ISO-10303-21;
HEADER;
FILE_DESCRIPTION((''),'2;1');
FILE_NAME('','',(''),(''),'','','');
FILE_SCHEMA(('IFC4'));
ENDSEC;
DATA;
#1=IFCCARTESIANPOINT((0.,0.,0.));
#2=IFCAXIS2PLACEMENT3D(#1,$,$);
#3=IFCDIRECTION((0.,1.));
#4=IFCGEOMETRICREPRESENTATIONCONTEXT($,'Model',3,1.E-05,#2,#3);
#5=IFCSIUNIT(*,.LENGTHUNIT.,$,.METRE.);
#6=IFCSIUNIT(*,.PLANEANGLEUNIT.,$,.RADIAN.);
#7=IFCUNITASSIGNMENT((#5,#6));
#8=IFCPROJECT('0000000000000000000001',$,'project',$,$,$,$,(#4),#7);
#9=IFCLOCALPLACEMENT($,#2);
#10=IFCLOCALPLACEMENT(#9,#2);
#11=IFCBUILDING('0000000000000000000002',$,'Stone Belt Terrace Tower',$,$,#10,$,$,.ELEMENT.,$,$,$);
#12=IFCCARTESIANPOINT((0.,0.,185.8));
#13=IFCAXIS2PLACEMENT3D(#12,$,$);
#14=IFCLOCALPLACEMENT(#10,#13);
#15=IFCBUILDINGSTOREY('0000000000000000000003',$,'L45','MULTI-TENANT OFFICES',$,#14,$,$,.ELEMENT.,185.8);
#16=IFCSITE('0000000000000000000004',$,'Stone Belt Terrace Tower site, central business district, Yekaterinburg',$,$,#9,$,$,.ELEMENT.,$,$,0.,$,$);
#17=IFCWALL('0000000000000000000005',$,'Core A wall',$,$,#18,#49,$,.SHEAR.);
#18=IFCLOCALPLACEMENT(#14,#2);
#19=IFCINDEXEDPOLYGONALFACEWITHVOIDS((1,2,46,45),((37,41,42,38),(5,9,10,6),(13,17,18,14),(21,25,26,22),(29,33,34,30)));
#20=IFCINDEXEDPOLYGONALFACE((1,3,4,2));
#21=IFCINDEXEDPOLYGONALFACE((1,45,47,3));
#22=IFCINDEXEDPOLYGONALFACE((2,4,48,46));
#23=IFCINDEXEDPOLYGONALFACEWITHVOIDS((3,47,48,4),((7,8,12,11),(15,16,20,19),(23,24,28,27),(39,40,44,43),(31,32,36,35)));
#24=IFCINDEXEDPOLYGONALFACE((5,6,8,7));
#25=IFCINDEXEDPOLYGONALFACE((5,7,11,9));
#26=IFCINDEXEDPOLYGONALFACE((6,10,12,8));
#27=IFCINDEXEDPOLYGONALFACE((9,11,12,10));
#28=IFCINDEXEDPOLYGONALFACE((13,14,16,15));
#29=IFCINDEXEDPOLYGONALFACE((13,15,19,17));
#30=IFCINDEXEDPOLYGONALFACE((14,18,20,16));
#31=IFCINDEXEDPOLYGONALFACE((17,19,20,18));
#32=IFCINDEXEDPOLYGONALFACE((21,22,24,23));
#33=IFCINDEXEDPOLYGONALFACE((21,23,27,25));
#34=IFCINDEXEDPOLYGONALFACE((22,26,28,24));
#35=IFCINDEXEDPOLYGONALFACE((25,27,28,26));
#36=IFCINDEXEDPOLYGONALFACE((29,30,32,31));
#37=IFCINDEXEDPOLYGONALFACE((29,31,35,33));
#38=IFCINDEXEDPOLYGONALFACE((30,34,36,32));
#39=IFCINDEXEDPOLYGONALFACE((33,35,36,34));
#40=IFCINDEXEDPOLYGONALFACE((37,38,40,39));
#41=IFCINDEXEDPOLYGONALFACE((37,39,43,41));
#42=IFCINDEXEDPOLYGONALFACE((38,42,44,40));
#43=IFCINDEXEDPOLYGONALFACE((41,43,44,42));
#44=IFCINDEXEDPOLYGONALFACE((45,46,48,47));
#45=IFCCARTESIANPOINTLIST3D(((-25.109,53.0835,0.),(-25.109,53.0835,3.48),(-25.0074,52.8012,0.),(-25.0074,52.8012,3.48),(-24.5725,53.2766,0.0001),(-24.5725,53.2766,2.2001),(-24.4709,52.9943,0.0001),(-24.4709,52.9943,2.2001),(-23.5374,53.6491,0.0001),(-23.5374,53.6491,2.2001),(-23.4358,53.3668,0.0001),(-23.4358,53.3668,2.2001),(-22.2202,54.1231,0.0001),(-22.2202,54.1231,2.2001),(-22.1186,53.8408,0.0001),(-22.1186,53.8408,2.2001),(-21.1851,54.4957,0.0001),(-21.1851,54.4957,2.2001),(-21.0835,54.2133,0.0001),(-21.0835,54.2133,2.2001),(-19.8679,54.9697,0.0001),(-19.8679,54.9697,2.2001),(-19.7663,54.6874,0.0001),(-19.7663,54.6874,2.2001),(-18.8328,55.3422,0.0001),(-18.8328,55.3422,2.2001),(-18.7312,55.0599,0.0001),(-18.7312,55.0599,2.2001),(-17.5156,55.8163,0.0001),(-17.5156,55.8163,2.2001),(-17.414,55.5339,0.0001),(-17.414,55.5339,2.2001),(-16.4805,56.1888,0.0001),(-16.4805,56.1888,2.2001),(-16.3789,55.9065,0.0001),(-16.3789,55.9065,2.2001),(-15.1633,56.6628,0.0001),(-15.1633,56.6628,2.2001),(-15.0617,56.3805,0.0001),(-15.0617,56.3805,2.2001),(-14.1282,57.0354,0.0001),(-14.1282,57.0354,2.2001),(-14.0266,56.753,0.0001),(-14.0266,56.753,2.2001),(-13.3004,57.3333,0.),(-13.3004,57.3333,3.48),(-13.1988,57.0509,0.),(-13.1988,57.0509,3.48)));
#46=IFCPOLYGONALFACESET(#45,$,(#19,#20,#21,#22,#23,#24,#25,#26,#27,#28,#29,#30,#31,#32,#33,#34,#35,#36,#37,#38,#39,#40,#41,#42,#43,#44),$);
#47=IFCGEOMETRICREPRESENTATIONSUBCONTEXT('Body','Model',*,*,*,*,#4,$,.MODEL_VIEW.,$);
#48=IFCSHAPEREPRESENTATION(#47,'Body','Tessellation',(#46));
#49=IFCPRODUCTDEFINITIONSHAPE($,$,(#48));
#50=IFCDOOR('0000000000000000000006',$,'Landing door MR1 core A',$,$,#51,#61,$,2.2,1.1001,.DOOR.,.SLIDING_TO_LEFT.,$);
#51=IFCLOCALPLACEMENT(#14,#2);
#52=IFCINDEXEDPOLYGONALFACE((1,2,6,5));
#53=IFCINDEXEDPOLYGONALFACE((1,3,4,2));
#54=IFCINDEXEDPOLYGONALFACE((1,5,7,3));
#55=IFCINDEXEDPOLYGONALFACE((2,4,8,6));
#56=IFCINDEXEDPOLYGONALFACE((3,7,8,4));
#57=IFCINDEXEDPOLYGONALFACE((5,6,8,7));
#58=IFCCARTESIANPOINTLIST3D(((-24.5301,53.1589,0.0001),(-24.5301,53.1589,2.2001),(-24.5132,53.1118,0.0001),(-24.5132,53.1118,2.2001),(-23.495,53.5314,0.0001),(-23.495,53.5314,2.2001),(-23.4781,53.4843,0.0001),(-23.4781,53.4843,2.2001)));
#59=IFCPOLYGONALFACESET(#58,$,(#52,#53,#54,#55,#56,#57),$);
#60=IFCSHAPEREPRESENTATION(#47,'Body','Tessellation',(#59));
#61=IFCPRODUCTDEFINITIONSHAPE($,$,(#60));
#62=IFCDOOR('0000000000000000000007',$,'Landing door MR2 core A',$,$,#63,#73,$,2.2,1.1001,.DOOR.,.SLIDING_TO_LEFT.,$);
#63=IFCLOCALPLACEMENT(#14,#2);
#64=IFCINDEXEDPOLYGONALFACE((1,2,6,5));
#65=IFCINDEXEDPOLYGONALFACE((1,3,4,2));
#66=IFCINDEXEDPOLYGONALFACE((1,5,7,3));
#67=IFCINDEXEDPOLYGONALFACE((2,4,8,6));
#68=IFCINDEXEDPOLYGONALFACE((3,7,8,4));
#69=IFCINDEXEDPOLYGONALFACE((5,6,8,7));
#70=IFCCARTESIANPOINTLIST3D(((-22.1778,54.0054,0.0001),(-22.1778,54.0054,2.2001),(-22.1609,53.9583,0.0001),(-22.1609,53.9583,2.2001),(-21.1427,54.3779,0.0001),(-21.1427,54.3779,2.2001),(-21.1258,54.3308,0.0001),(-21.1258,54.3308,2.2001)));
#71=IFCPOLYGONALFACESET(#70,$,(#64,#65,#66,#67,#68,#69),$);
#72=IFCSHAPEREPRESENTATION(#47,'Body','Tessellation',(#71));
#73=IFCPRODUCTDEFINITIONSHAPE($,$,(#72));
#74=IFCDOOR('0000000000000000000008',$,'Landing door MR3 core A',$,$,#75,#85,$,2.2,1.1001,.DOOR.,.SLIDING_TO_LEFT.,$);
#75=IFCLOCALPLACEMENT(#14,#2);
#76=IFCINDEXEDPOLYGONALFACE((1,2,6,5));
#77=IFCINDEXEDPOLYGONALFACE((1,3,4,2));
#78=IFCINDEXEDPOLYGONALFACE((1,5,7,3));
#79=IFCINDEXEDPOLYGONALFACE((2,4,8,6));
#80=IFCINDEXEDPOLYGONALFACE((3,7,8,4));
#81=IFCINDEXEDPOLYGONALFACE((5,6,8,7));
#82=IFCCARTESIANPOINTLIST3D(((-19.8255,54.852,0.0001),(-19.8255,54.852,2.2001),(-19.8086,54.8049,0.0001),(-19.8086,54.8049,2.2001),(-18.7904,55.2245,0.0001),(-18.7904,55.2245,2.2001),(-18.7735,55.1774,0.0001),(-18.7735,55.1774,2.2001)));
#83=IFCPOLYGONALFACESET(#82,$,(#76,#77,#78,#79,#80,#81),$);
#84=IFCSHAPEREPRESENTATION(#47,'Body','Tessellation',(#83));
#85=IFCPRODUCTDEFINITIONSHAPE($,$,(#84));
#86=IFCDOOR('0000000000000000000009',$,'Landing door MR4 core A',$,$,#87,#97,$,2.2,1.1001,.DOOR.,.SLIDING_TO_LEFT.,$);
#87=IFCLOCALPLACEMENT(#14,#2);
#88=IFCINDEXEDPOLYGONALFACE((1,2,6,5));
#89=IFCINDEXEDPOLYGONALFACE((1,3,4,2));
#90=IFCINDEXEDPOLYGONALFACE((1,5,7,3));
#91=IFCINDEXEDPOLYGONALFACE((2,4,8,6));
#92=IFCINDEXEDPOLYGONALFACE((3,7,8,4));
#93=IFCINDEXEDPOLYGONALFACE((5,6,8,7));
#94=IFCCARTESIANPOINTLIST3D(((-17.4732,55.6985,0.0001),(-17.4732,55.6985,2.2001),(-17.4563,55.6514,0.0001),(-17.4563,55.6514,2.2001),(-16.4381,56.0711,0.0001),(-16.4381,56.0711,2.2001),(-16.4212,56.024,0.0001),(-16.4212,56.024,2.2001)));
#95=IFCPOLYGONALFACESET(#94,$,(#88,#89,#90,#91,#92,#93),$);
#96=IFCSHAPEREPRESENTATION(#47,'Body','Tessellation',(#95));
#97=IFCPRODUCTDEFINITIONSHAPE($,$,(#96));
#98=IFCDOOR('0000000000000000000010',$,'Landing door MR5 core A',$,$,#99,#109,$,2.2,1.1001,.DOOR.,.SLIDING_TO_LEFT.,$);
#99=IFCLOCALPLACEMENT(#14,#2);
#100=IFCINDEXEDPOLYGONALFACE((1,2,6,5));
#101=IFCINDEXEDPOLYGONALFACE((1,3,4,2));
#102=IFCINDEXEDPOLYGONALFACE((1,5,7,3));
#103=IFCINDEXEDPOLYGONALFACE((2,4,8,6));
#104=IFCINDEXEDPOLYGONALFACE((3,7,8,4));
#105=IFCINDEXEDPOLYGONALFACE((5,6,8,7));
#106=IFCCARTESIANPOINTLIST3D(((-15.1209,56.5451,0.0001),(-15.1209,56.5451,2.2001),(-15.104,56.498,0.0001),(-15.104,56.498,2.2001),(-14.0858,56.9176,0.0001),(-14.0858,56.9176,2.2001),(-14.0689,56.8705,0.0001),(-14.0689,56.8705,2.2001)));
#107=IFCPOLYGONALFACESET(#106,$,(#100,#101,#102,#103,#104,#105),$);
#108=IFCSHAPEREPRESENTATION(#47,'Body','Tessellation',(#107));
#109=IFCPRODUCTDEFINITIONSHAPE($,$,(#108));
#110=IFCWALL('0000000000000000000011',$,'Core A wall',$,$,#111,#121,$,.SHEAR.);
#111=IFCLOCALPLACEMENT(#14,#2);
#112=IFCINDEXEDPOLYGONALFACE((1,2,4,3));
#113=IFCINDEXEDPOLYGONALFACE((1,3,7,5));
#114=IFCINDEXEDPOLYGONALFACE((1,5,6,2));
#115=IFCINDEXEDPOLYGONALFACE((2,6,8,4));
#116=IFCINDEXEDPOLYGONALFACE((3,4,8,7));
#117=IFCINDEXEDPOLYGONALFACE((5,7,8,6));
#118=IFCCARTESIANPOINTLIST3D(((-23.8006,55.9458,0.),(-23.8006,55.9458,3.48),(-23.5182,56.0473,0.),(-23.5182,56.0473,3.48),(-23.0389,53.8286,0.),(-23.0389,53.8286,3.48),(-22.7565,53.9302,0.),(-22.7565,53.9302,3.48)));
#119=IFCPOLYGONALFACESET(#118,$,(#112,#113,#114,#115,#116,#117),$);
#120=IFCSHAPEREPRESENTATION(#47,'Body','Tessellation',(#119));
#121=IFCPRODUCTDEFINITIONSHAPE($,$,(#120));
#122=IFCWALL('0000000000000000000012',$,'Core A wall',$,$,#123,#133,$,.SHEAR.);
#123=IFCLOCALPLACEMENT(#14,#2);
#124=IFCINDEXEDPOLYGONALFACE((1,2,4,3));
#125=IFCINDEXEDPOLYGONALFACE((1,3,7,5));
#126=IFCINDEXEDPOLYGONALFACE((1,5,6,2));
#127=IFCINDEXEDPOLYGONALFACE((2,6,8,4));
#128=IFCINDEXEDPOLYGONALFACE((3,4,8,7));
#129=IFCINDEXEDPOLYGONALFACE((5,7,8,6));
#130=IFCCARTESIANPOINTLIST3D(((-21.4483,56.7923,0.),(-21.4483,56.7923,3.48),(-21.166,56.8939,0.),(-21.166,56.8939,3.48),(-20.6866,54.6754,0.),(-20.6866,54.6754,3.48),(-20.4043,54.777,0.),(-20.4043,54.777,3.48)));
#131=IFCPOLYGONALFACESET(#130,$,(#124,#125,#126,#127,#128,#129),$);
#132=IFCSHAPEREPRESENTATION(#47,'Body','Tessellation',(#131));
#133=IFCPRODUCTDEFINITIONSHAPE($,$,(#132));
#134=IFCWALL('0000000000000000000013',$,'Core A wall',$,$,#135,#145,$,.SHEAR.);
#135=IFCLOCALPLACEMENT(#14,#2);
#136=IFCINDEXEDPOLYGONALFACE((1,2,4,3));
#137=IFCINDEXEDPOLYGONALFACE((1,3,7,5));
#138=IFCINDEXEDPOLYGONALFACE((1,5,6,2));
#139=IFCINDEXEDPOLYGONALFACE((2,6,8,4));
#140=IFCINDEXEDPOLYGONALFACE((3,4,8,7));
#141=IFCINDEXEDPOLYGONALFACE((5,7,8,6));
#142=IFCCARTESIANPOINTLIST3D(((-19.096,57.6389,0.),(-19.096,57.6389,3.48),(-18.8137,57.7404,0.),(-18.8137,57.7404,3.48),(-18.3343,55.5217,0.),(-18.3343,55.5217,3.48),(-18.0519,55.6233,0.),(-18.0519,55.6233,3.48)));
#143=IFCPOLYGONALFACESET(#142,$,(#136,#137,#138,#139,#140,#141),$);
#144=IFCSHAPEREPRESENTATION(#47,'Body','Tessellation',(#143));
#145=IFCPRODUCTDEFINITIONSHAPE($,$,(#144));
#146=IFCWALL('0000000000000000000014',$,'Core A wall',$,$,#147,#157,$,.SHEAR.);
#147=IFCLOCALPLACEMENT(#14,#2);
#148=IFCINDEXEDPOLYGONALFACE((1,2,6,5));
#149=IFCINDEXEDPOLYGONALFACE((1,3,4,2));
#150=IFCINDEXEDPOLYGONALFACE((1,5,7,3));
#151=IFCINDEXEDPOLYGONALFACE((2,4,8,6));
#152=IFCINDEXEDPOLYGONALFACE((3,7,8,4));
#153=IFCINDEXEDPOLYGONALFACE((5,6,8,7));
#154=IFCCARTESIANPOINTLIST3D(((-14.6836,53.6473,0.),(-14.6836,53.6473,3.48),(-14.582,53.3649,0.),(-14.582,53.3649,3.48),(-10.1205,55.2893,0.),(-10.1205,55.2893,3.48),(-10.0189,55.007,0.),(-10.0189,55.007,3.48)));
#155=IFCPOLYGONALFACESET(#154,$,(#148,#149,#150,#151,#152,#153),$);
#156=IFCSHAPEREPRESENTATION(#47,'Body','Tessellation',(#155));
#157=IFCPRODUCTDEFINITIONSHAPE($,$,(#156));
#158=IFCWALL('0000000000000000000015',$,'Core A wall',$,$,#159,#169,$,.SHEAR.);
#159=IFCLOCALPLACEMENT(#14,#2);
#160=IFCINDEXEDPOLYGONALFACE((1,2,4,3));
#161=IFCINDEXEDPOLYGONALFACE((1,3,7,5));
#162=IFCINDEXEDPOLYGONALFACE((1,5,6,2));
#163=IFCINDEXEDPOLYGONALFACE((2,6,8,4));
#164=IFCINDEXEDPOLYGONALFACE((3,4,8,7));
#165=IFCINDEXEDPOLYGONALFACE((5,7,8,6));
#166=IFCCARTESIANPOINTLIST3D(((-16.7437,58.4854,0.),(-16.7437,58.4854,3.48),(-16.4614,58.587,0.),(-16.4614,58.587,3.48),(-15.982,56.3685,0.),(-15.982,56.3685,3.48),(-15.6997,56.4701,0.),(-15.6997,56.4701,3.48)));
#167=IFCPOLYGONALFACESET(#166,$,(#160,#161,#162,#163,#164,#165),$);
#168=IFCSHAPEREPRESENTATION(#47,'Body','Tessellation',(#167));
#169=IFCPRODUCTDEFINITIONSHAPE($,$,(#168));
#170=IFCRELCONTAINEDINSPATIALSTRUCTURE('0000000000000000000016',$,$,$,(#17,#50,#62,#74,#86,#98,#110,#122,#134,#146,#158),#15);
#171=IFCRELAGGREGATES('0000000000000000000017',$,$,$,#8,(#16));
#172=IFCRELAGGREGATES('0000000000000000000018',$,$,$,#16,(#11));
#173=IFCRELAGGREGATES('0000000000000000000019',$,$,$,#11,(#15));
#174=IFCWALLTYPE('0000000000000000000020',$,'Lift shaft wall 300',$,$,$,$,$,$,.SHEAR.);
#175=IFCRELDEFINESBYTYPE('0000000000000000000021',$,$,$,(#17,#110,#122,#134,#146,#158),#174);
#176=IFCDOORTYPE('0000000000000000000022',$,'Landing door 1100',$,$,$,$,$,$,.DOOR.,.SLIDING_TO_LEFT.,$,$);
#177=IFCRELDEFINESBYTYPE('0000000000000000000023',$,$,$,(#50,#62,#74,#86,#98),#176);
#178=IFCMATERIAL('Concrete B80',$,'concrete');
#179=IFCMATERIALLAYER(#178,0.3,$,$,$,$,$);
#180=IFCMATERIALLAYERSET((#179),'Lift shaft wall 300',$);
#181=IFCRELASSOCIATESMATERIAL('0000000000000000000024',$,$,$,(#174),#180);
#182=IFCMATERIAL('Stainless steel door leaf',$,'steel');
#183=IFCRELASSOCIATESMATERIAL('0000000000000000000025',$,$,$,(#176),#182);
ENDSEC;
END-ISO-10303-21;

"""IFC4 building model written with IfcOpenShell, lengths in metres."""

from ifc_helpers import new_model, si_unit, direction, frame, frame_2d, origin, place, context, subcontext, project, spatial, rectangle, extrude, material, layer, layer_set, type_object, element, fill, save


model = new_model("IFC4")

# Units and contexts
model_context = context("Model", 3, precision=1e-05, world=origin(), true_north=direction((0.0, 1.0)))
body_context = subcontext(model_context, "Body", "Model", "MODEL_VIEW")
ifc_project = project(units=[si_unit("LENGTHUNIT", "METRE"), si_unit("PLANEANGLEUNIT", "RADIAN")], contexts=[model_context])

# Site, building, storey
site_placement = place(None, origin())
site = spatial("IfcSite", under=ifc_project, at=site_placement, Name="Stone Belt Terrace Tower site, central business district, Yekaterinburg", CompositionType="ELEMENT", RefElevation=0.0)
building_placement = place(site_placement, origin())
building = spatial("IfcBuilding", under=site, at=building_placement, Name="Stone Belt Terrace Tower", CompositionType="ELEMENT")
storey_placement = place(building_placement, frame((0.0, 0.0, 185.8)))
storey = spatial("IfcBuildingStorey", under=building, at=storey_placement, Name="L45", Description="MULTI-TENANT OFFICES", CompositionType="ELEMENT", Elevation=185.8)

# Shared definitions
ifc_material_1 = material(Name="Concrete B80", Category="concrete")

# Shared definitions
ifc_layer_1 = layer(ifc_material_1, 0.3)
ifc_layer_set_1 = layer_set([ifc_layer_1], Name="Lift shaft wall 300")
wall_type_1 = type_object("IfcWallType", Name="Lift shaft wall 300", PredefinedType="SHEAR", material=ifc_layer_set_1)

# Wall, openings, doors
wall_1_placement = place(storey_placement, frame((-25.0581, 52.9424, 0.0), z_axis=(0.0, 0.0, 1.0), x_axis=(0.940921, 0.338625, 0.0)))
wall_1 = element("IfcWall", 1, at=wall_1_placement, inside=storey, type_object=wall_type_1, Name="Core A wall", PredefinedType="SHEAR", context=body_context, shape_type="SweptSolid", body=[
    extrude(rectangle(XDim=12.55, YDim=0.3, at=frame_2d((6.2749, 0.0))), origin(), (0.0, 0.0, 1.0), 3.48),
])
opening_1_placement = place(wall_1_placement, frame((0.5701, 0.0, 0.0)))
opening_1 = element("IfcOpeningElement", 2, at=opening_1_placement, cuts=wall_1, PredefinedType="OPENING", context=body_context, shape_type="SweptSolid", body=[
    extrude(rectangle(XDim=1.1001, YDim=2.2, at=frame_2d((0.55, 1.1001))), frame((0.0, 0.1599, 0.0), z_axis=(0.0, -1.0, 0.0), x_axis=(1.0, 0.0, 0.0)), (0.0, 0.0, 1.0), 0.3201),
])
opening_2_placement = place(wall_1_placement, frame((3.0701, 0.0, 0.0)))
opening_2 = element("IfcOpeningElement", 3, at=opening_2_placement, cuts=wall_1, PredefinedType="OPENING", context=body_context, shape_type="SweptSolid", body=[
    extrude(rectangle(XDim=1.1001, YDim=2.2, at=frame_2d((0.55, 1.1001))), frame((0.0, 0.1599, 0.0), z_axis=(0.0, -1.0, 0.0), x_axis=(1.0, 0.0, 0.0)), (0.0, 0.0, 1.0), 0.3201),
])
opening_3_placement = place(wall_1_placement, frame((5.5701, 0.0, 0.0)))
opening_3 = element("IfcOpeningElement", 4, at=opening_3_placement, cuts=wall_1, PredefinedType="OPENING", context=body_context, shape_type="SweptSolid", body=[
    extrude(rectangle(XDim=1.1001, YDim=2.2, at=frame_2d((0.55, 1.1001))), frame((0.0, 0.1599, 0.0), z_axis=(0.0, -1.0, 0.0), x_axis=(1.0, 0.0, 0.0)), (0.0, 0.0, 1.0), 0.3201),
])
opening_4_placement = place(wall_1_placement, frame((8.0701, 0.0, 0.0)))
opening_4 = element("IfcOpeningElement", 5, at=opening_4_placement, cuts=wall_1, PredefinedType="OPENING", context=body_context, shape_type="SweptSolid", body=[
    extrude(rectangle(XDim=1.1001, YDim=2.2, at=frame_2d((0.55, 1.1001))), frame((0.0, 0.1599, 0.0), z_axis=(0.0, -1.0, 0.0), x_axis=(1.0, 0.0, 0.0)), (0.0, 0.0, 1.0), 0.3201),
])
opening_5_placement = place(wall_1_placement, frame((10.5701, 0.0, 0.0)))
opening_5 = element("IfcOpeningElement", 6, at=opening_5_placement, cuts=wall_1, PredefinedType="OPENING", context=body_context, shape_type="SweptSolid", body=[
    extrude(rectangle(XDim=1.1001, YDim=2.2, at=frame_2d((0.55, 1.1001))), frame((0.0, 0.1599, 0.0), z_axis=(0.0, -1.0, 0.0), x_axis=(1.0, 0.0, 0.0)), (0.0, 0.0, 1.0), 0.3201),
])
ifc_material_2 = material(Name="Stainless steel door leaf", Category="steel")
door_type_1 = type_object("IfcDoorType", Name="Landing door 1100", OperationType="SLIDING_TO_LEFT", PredefinedType="DOOR", material=ifc_material_2)
door_1_placement = place(opening_1_placement, origin())
door_1 = element("IfcDoor", 7, at=door_1_placement, inside=storey, type_object=door_type_1, Name="Landing door MR1 core A", OperationType="SLIDING_TO_LEFT", OverallHeight=2.2, OverallWidth=1.1001, PredefinedType="DOOR", context=body_context, shape_type="SweptSolid", body=[
    extrude(rectangle(XDim=1.1001, YDim=2.2, at=frame_2d((0.55, 1.1001))), frame((0.0, 0.0249, 0.0), z_axis=(0.0, -1.0, 0.0), x_axis=(1.0, 0.0, 0.0)), (0.0, 0.0, 1.0), 0.05),
])
fill(opening_1, door_1)
door_2_placement = place(opening_2_placement, origin())
door_2 = element("IfcDoor", 8, at=door_2_placement, inside=storey, type_object=door_type_1, Name="Landing door MR2 core A", OperationType="SLIDING_TO_LEFT", OverallHeight=2.2, OverallWidth=1.1001, PredefinedType="DOOR", context=body_context, shape_type="SweptSolid", body=[
    extrude(rectangle(XDim=1.1001, YDim=2.2, at=frame_2d((0.55, 1.1001))), frame((0.0, 0.0249, 0.0), z_axis=(0.0, -1.0, 0.0), x_axis=(1.0, 0.0, 0.0)), (0.0, 0.0, 1.0), 0.05),
])
fill(opening_2, door_2)
door_3_placement = place(opening_3_placement, origin())
door_3 = element("IfcDoor", 9, at=door_3_placement, inside=storey, type_object=door_type_1, Name="Landing door MR3 core A", OperationType="SLIDING_TO_LEFT", OverallHeight=2.2, OverallWidth=1.1001, PredefinedType="DOOR", context=body_context, shape_type="SweptSolid", body=[
    extrude(rectangle(XDim=1.1001, YDim=2.2, at=frame_2d((0.55, 1.1001))), frame((0.0, 0.0249, 0.0), z_axis=(0.0, -1.0, 0.0), x_axis=(1.0, 0.0, 0.0)), (0.0, 0.0, 1.0), 0.05),
])
fill(opening_3, door_3)
door_4_placement = place(opening_4_placement, origin())
door_4 = element("IfcDoor", 10, at=door_4_placement, inside=storey, type_object=door_type_1, Name="Landing door MR4 core A", OperationType="SLIDING_TO_LEFT", OverallHeight=2.2, OverallWidth=1.1001, PredefinedType="DOOR", context=body_context, shape_type="SweptSolid", body=[
    extrude(rectangle(XDim=1.1001, YDim=2.2, at=frame_2d((0.55, 1.1001))), frame((0.0, 0.0249, 0.0), z_axis=(0.0, -1.0, 0.0), x_axis=(1.0, 0.0, 0.0)), (0.0, 0.0, 1.0), 0.05),
])
fill(opening_4, door_4)
door_5_placement = place(opening_5_placement, origin())
door_5 = element("IfcDoor", 11, at=door_5_placement, inside=storey, type_object=door_type_1, Name="Landing door MR5 core A", OperationType="SLIDING_TO_LEFT", OverallHeight=2.2, OverallWidth=1.1001, PredefinedType="DOOR", context=body_context, shape_type="SweptSolid", body=[
    extrude(rectangle(XDim=1.1001, YDim=2.2, at=frame_2d((0.55, 1.1001))), frame((0.0, 0.0249, 0.0), z_axis=(0.0, -1.0, 0.0), x_axis=(1.0, 0.0, 0.0)), (0.0, 0.0, 1.0), 0.05),
])
fill(opening_5, door_5)

# Walls
wall_2_placement = place(storey_placement, frame((-22.8977, 53.8794, 0.0), z_axis=(0.0, 0.0, 1.0), x_axis=(-0.338535, 0.940954, 0.0)))
element("IfcWall", 12, at=wall_2_placement, inside=storey, type_object=wall_type_1, Name="Core A wall", PredefinedType="SHEAR", context=body_context, shape_type="SweptSolid", body=[
    extrude(rectangle(XDim=2.25, YDim=0.3, at=frame_2d((1.125, 0.0))), origin(), (0.0, 0.0, 1.0), 3.48),
])
wall_3_placement = place(storey_placement, frame((-20.5454, 54.7261, 0.0), z_axis=(0.0, 0.0, 1.0), x_axis=(-0.33857, 0.940941, 0.0)))
element("IfcWall", 13, at=wall_3_placement, inside=storey, type_object=wall_type_1, Name="Core A wall", PredefinedType="SHEAR", context=body_context, shape_type="SweptSolid", body=[
    extrude(rectangle(XDim=2.2498, YDim=0.3, at=frame_2d((1.125, 0.0))), origin(), (0.0, 0.0, 1.0), 3.48),
])
wall_4_placement = place(storey_placement, frame((-18.1931, 55.5725, 0.0), z_axis=(0.0, 0.0, 1.0), x_axis=(-0.338535, 0.940954, 0.0)))
element("IfcWall", 14, at=wall_4_placement, inside=storey, type_object=wall_type_1, Name="Core A wall", PredefinedType="SHEAR", context=body_context, shape_type="SweptSolid", body=[
    extrude(rectangle(XDim=2.25, YDim=0.3, at=frame_2d((1.125, 0.0))), origin(), (0.0, 0.0, 1.0), 3.48),
])
wall_5_placement = place(storey_placement, frame((-14.6328, 53.5061, 0.0), z_axis=(0.0, 0.0, 1.0), x_axis=(0.940932, 0.338596, 0.0)))
element("IfcWall", 15, at=wall_5_placement, inside=storey, type_object=wall_type_1, Name="Core A wall", PredefinedType="SHEAR", context=body_context, shape_type="SweptSolid", body=[
    extrude(rectangle(XDim=4.8496, YDim=0.3, at=frame_2d((2.4248, 0.0))), origin(), (0.0, 0.0, 1.0), 3.48),
])
wall_6_placement = place(storey_placement, frame((-15.8408, 56.4192, 0.0), z_axis=(0.0, 0.0, 1.0), x_axis=(-0.33857, 0.940941, 0.0)))
element("IfcWall", 16, at=wall_6_placement, inside=storey, type_object=wall_type_1, Name="Core A wall", PredefinedType="SHEAR", context=body_context, shape_type="SweptSolid", body=[
    extrude(rectangle(XDim=2.2498, YDim=0.3, at=frame_2d((1.125, 0.0))), origin(), (0.0, 0.0, 1.0), 3.48),
])

save(model, "model.ifc")
